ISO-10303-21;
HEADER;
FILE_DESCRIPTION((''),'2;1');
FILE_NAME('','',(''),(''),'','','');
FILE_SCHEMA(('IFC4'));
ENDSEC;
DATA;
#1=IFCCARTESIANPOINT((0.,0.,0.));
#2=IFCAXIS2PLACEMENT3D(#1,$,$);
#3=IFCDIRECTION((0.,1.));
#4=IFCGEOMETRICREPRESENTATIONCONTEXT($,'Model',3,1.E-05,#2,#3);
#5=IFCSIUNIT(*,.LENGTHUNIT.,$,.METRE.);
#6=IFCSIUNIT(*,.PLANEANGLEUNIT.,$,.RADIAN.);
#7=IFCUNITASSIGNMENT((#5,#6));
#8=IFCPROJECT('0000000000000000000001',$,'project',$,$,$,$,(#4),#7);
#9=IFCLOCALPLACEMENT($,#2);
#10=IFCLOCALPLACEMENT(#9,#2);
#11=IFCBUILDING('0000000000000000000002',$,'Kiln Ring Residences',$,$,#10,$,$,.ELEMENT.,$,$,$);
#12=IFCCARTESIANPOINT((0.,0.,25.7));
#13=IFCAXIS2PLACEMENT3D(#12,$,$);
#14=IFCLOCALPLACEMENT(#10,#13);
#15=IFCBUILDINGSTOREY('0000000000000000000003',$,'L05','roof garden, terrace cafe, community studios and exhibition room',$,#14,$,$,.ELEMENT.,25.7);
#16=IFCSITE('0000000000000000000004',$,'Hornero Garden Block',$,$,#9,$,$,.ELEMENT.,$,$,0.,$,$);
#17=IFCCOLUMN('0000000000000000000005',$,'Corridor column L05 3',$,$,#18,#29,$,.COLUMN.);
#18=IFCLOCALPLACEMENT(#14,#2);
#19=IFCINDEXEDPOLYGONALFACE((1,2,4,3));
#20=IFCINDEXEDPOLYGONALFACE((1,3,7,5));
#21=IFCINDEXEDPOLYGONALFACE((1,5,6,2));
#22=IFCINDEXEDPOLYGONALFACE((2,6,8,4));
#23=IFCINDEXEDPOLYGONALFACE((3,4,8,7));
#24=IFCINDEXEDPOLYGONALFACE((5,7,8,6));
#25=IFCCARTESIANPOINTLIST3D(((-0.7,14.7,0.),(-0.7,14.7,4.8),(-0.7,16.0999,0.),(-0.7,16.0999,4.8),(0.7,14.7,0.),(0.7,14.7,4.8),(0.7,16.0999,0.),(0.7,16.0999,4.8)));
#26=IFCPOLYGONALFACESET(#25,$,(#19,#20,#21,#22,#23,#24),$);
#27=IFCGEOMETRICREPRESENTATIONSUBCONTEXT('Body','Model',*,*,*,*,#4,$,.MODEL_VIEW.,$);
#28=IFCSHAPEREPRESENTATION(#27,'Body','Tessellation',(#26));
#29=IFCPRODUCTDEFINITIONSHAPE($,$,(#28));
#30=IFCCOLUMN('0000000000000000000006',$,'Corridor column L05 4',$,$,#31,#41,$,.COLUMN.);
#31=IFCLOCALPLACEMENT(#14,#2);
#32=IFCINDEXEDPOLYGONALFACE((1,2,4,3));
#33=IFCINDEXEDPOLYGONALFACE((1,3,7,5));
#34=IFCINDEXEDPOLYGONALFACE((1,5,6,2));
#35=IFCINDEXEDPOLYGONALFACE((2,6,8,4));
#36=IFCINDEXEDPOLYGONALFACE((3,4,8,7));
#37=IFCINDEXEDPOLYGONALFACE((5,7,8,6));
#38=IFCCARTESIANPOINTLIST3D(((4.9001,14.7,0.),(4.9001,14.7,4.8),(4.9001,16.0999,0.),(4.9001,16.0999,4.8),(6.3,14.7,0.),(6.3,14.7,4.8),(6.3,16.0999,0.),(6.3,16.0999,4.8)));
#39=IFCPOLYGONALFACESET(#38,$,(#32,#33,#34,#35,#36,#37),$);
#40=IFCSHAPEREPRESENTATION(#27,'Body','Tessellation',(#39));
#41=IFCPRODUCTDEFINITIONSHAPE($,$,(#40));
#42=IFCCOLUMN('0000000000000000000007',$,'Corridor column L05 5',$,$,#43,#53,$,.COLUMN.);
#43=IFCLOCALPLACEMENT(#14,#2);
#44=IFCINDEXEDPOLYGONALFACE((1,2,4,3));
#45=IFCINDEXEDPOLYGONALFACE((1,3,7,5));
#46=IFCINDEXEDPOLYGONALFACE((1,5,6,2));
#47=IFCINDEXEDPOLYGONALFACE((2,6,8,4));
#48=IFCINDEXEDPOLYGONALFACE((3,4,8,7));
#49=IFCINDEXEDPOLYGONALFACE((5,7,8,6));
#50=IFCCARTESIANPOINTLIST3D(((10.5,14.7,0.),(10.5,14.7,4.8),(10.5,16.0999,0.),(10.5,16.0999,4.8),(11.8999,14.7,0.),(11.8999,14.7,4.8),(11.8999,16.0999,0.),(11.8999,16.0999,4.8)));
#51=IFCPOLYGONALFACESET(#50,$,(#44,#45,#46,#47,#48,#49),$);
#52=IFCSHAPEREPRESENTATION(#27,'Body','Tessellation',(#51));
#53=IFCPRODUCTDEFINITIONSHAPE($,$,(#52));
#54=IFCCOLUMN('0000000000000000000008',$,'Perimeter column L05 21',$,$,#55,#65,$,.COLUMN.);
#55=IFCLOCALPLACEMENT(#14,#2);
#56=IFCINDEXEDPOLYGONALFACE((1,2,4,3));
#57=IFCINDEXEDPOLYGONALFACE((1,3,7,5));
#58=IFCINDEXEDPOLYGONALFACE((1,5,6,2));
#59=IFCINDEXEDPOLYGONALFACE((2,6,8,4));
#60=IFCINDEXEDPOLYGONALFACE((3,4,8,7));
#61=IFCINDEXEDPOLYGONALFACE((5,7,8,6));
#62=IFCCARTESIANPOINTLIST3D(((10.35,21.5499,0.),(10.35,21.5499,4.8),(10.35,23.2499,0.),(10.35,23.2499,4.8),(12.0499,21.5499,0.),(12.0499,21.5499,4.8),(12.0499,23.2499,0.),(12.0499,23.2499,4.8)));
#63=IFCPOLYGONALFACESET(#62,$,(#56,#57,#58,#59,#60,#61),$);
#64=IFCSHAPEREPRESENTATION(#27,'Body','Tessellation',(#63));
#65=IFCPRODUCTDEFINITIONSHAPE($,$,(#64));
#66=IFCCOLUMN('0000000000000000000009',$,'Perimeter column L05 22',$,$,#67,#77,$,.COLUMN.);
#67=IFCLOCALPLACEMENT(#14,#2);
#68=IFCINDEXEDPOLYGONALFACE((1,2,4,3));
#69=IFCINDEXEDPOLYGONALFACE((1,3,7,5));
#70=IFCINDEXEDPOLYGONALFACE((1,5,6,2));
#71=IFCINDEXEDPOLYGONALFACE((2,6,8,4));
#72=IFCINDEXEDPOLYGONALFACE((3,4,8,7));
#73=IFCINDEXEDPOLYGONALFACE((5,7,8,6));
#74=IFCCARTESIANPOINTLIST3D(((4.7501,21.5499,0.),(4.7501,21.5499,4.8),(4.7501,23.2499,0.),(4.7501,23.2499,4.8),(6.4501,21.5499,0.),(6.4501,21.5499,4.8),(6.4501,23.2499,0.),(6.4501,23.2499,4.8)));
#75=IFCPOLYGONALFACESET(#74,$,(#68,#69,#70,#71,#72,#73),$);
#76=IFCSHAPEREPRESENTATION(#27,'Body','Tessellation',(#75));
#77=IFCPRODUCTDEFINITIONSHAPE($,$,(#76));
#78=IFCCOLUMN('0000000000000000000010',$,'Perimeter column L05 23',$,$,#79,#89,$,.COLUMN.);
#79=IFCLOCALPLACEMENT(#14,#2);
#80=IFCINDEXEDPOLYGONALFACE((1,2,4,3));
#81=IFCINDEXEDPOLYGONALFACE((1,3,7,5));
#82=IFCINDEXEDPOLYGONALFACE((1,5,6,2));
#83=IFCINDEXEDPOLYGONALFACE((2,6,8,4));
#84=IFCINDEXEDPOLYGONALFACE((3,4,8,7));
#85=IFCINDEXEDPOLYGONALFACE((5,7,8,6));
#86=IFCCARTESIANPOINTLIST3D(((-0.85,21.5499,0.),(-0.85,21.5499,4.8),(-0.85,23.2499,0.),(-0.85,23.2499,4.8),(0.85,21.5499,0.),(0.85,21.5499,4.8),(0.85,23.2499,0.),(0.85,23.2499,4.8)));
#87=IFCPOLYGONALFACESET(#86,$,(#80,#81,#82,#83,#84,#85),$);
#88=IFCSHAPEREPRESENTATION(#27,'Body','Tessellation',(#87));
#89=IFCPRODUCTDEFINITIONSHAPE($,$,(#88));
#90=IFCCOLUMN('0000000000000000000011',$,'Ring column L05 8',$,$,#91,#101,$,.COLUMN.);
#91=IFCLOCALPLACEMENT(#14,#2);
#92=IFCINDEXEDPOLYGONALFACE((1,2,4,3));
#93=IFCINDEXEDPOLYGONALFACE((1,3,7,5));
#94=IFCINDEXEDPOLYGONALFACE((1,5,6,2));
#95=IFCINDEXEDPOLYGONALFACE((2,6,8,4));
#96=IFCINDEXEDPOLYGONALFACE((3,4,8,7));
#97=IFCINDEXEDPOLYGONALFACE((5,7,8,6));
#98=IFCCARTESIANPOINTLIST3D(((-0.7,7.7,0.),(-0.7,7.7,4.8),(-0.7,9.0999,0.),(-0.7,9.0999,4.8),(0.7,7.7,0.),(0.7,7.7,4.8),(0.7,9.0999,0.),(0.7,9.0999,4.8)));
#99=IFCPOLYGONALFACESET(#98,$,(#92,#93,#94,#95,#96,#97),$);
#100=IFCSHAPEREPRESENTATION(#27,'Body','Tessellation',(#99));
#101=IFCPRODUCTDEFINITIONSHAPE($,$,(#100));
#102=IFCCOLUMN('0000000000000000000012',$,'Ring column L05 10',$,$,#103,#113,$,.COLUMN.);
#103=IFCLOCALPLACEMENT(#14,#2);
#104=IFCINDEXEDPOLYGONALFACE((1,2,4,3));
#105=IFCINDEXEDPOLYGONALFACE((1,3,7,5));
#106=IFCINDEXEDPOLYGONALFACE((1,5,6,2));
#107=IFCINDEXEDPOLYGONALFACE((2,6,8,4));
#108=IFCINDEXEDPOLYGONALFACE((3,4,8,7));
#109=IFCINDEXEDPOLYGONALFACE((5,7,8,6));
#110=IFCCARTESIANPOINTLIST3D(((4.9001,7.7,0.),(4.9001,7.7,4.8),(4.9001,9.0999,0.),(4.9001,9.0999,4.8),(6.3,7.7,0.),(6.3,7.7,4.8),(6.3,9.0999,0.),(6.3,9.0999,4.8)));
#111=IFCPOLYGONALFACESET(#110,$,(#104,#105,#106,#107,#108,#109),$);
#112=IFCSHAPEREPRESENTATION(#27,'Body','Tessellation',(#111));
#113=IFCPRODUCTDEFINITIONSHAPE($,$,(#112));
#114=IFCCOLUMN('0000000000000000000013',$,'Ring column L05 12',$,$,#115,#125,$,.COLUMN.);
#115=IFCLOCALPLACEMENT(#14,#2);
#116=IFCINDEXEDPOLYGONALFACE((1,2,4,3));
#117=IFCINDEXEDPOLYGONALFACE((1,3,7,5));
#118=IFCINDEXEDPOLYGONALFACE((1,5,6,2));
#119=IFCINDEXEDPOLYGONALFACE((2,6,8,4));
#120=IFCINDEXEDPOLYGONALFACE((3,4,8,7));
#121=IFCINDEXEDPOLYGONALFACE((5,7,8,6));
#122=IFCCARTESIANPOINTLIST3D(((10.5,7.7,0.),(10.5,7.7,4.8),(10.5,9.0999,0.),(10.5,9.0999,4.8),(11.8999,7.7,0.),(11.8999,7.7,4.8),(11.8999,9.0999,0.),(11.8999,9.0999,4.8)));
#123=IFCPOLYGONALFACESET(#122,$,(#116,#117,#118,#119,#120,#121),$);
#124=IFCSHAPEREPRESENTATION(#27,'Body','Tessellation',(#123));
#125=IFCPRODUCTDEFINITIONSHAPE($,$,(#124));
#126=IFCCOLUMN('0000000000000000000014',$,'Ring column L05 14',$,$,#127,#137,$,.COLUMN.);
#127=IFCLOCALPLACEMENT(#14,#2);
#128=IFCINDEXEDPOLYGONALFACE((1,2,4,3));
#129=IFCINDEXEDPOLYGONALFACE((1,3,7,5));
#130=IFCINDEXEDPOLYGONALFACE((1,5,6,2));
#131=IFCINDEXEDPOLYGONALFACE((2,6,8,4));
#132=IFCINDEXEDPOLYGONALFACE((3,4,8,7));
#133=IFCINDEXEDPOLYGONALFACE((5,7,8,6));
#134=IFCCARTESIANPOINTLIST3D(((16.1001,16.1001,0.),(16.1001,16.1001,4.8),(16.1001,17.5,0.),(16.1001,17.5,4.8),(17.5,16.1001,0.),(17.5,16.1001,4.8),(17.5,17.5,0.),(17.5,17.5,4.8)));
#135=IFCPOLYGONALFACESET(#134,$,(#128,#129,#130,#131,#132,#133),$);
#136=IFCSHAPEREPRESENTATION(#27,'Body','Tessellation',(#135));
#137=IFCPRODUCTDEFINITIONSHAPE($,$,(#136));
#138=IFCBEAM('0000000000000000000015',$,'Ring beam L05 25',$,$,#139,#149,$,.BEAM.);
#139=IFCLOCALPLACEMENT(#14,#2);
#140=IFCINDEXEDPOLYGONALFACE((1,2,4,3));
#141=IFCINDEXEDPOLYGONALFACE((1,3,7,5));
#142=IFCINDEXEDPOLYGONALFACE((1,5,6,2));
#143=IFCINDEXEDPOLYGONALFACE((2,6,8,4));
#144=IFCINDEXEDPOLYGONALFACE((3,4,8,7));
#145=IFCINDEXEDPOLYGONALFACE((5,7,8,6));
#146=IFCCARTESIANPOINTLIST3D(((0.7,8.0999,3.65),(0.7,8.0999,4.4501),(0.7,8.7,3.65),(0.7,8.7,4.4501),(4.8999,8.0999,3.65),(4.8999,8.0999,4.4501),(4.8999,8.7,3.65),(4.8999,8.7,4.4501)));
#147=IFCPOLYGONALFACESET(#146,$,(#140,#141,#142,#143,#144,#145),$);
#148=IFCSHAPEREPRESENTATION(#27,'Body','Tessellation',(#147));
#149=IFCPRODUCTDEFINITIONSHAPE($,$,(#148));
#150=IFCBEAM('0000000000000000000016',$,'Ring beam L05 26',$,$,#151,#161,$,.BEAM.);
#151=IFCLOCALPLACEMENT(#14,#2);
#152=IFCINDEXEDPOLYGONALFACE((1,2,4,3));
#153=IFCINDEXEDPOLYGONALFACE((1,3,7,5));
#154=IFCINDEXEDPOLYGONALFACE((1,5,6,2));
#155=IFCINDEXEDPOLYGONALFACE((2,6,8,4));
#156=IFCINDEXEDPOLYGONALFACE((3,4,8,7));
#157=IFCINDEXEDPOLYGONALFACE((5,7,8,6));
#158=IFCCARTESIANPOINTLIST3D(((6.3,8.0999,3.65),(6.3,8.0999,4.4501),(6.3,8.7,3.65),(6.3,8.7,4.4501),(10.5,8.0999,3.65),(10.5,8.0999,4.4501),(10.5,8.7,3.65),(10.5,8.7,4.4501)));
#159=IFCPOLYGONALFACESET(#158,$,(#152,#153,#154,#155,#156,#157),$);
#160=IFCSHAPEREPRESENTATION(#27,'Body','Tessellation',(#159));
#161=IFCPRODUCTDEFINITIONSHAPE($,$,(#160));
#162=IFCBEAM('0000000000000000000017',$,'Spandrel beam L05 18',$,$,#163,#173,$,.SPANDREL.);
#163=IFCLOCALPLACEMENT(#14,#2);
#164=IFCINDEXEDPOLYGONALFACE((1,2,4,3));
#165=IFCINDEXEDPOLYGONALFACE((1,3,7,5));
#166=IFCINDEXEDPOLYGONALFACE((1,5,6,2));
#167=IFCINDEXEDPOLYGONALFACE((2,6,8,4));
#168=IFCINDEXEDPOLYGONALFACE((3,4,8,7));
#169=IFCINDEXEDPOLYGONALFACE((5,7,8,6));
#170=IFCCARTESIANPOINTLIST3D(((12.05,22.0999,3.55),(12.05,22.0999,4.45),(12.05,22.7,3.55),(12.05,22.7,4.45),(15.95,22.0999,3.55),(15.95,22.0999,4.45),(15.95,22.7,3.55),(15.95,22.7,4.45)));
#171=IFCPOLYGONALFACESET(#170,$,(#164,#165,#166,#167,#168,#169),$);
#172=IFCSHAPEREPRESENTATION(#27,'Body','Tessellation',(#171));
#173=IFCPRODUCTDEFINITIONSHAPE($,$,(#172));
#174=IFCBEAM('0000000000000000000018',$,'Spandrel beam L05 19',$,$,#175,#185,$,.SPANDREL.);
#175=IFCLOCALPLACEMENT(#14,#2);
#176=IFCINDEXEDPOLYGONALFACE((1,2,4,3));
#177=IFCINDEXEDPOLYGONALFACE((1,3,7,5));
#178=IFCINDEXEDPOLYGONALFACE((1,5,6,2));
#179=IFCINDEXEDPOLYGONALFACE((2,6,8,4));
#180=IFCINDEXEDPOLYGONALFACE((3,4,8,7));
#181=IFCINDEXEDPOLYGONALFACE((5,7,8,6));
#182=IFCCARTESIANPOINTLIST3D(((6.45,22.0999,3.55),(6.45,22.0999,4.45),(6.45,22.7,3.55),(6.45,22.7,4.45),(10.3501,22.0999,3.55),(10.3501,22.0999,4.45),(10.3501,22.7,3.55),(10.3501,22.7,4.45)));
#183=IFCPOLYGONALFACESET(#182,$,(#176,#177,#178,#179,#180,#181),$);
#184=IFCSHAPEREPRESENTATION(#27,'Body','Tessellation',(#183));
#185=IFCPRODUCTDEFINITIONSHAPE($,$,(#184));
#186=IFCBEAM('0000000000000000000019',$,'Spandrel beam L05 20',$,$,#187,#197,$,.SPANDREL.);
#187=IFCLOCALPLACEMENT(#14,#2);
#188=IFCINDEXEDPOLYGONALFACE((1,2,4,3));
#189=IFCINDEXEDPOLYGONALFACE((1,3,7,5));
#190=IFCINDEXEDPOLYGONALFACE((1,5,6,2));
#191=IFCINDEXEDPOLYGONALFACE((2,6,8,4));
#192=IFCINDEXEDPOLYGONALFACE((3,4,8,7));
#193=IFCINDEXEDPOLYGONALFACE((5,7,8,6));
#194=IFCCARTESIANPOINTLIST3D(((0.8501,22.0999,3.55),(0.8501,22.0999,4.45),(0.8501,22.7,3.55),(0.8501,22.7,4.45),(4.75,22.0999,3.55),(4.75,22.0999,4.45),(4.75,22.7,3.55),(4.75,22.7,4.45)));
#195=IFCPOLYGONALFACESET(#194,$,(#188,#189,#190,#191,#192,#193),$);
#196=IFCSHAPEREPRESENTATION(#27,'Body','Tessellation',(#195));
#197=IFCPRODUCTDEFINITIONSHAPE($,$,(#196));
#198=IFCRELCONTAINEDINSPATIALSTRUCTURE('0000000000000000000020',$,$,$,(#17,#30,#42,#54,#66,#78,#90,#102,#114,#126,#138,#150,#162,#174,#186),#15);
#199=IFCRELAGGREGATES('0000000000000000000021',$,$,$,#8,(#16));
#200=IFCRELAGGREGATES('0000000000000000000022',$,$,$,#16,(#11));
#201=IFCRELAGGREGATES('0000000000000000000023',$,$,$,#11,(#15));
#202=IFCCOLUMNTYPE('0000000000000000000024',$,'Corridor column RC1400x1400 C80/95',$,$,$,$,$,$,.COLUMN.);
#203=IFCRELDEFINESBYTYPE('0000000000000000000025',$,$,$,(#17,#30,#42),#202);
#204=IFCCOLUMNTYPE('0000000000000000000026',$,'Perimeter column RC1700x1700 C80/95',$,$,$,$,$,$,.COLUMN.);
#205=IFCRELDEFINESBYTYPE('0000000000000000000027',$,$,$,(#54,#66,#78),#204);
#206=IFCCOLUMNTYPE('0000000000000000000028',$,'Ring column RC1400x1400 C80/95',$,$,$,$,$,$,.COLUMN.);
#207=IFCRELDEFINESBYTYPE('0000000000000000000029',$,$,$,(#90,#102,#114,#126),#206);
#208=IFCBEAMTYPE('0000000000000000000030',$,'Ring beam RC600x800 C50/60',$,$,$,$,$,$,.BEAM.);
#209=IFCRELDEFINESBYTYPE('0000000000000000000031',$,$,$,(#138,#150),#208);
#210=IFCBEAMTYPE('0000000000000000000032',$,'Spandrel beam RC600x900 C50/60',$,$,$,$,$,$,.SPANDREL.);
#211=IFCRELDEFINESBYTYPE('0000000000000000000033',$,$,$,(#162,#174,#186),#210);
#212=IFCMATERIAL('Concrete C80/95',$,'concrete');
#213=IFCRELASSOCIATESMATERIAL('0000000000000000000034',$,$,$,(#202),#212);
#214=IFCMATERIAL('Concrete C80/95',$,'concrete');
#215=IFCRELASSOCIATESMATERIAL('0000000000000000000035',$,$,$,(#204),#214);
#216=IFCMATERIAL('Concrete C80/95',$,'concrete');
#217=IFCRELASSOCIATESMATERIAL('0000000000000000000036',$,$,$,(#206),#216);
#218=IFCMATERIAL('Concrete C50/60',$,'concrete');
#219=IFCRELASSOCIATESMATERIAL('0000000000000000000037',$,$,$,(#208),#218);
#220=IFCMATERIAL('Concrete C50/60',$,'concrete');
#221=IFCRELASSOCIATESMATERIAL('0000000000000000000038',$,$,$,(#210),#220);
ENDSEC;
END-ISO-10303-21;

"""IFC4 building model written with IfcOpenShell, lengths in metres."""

from ifc_helpers import new_model, si_unit, direction, frame, origin, origin_2d, place, context, subcontext, project, spatial, rectangle, extrude, material, material_profile, profile_set, type_object, element, save


model = new_model("IFC4")

# Units and contexts
model_context = context("Model", 3, precision=1e-05, world=origin(), true_north=direction((0.0, 1.0)))
body_context = subcontext(model_context, "Body", "Model", "MODEL_VIEW")
ifc_project = project(units=[si_unit("LENGTHUNIT", "METRE"), si_unit("PLANEANGLEUNIT", "RADIAN")], contexts=[model_context])

# Site, building, storey
site_placement = place(None, origin())
site = spatial("IfcSite", under=ifc_project, at=site_placement, Name="Hornero Garden Block", CompositionType="ELEMENT", RefElevation=0.0)
building_placement = place(site_placement, origin())
building = spatial("IfcBuilding", under=site, at=building_placement, Name="Kiln Ring Residences", CompositionType="ELEMENT")
storey_placement = place(building_placement, frame((0.0, 0.0, 25.7)))
storey = spatial("IfcBuildingStorey", under=building, at=storey_placement, Name="L05", Description="roof garden, terrace cafe, community studios and exhibition room", CompositionType="ELEMENT", Elevation=25.7)

# Columns
ifc_material_1 = material(Name="Concrete C80/95", Category="concrete")
ifc_material_profile_1 = material_profile(ifc_material_1, rectangle(XDim=1.3999, YDim=1.3999, at=origin_2d()), Name="RC1400x1400")
ifc_profile_set_1 = profile_set([ifc_material_profile_1], Name="Concrete C80/95")
column_type_1 = type_object("IfcColumnType", Name="Corridor column RC1400x1400 C80/95", PredefinedType="COLUMN", material=ifc_profile_set_1)
for number, where, z_axis, x_axis, name in (
    (1, (0.0, 15.3999, 0.0), (0.0, 0.0, 1.0), (1.0, 0.0, 0.0), "Corridor column L05 3"),
    (2, (5.6001, 15.3999, 0.0), (0.0, 0.0, 1.0), (1.0, 0.0, 0.0), "Corridor column L05 4"),
    (3, (11.2, 15.3999, 0.0), (0.0, 0.0, 1.0), (1.0, 0.0, 0.0), "Corridor column L05 5"),
):
    element("IfcColumn", number, at=place(storey_placement, frame(where, z_axis=z_axis, x_axis=x_axis)), inside=storey, type_object=column_type_1, Name=name, PredefinedType="COLUMN", context=body_context, shape_type="SweptSolid", body=[
        extrude(rectangle(XDim=1.3999, YDim=1.3999, at=origin_2d()), origin(), (0.0, 0.0, 1.0), 4.8),
    ])
ifc_material_2 = material(Name="Concrete C80/95", Category="concrete")
ifc_material_profile_2 = material_profile(ifc_material_2, rectangle(XDim=1.7, YDim=1.7, at=origin_2d()), Name="RC1700x1700")
ifc_profile_set_2 = profile_set([ifc_material_profile_2], Name="Concrete C80/95")
column_type_2 = type_object("IfcColumnType", Name="Perimeter column RC1700x1700 C80/95", PredefinedType="COLUMN", material=ifc_profile_set_2)
for number, where, z_axis, x_axis, name in (
    (4, (11.2, 22.3999, 0.0), (0.0, 0.0, 1.0), (1.0, 0.0, 0.0), "Perimeter column L05 21"),
    (5, (5.6001, 22.3999, 0.0), (0.0, 0.0, 1.0), (1.0, 0.0, 0.0), "Perimeter column L05 22"),
    (6, (0.0, 22.3999, 0.0), (0.0, 0.0, 1.0), (1.0, 0.0, 0.0), "Perimeter column L05 23"),
):
    element("IfcColumn", number, at=place(storey_placement, frame(where, z_axis=z_axis, x_axis=x_axis)), inside=storey, type_object=column_type_2, Name=name, PredefinedType="COLUMN", context=body_context, shape_type="SweptSolid", body=[
        extrude(rectangle(XDim=1.7, YDim=1.7, at=origin_2d()), origin(), (0.0, 0.0, 1.0), 4.8),
    ])
ifc_material_3 = material(Name="Concrete C80/95", Category="concrete")
ifc_material_profile_3 = material_profile(ifc_material_3, rectangle(XDim=1.3999, YDim=1.3999, at=origin_2d()), Name="RC1400x1400")
ifc_profile_set_3 = profile_set([ifc_material_profile_3], Name="Concrete C80/95")
column_type_3 = type_object("IfcColumnType", Name="Ring column RC1400x1400 C80/95", PredefinedType="COLUMN", material=ifc_profile_set_3)
for number, where, z_axis, x_axis, name in (
    (7, (0.0, 8.3999, 0.0), (0.0, 0.0, 1.0), (1.0, 0.0, 0.0), "Ring column L05 8"),
    (8, (5.6001, 8.3999, 0.0), (0.0, 0.0, 1.0), (1.0, 0.0, 0.0), "Ring column L05 10"),
    (9, (11.2, 8.3999, 0.0), (0.0, 0.0, 1.0), (1.0, 0.0, 0.0), "Ring column L05 12"),
    (10, (16.8, 16.8, 0.0), (0.0, 0.0, 1.0), (1.0, 0.0, 0.0), "Ring column L05 14"),
):
    element("IfcColumn", number, at=place(storey_placement, frame(where, z_axis=z_axis, x_axis=x_axis)), inside=storey, type_object=column_type_3, Name=name, PredefinedType="COLUMN", context=body_context, shape_type="SweptSolid", body=[
        extrude(rectangle(XDim=1.3999, YDim=1.3999, at=origin_2d()), origin(), (0.0, 0.0, 1.0), 4.8),
    ])

# Beams
ifc_material_4 = material(Name="Concrete C50/60", Category="concrete")
ifc_material_profile_4 = material_profile(ifc_material_4, rectangle(XDim=0.6001, YDim=0.8, at=origin_2d()), Name="RC600x800")
ifc_profile_set_4 = profile_set([ifc_material_profile_4], Name="Concrete C50/60")
beam_type_1 = type_object("IfcBeamType", Name="Ring beam RC600x800 C50/60", PredefinedType="BEAM", material=ifc_profile_set_4)
for number, where, z_axis, x_axis, name in (
    (11, (0.7, 8.3999, 4.05), (1.0, 0.0, 0.0), (0.0, 1.0, 0.0), "Ring beam L05 25"),
    (12, (6.3, 8.3999, 4.05), (1.0, 0.0, 0.0), (0.0, 1.0, 0.0), "Ring beam L05 26"),
):
    element("IfcBeam", number, at=place(storey_placement, frame(where, z_axis=z_axis, x_axis=x_axis)), inside=storey, type_object=beam_type_1, Name=name, PredefinedType="BEAM", context=body_context, shape_type="SweptSolid", body=[
        extrude(rectangle(XDim=0.6001, YDim=0.8, at=origin_2d()), origin(), (0.0, 0.0, 1.0), 4.2),
    ])
ifc_material_5 = material(Name="Concrete C50/60", Category="concrete")
ifc_material_profile_5 = material_profile(ifc_material_5, rectangle(XDim=0.6001, YDim=0.8999, at=origin_2d()), Name="RC600x900")
ifc_profile_set_5 = profile_set([ifc_material_profile_5], Name="Concrete C50/60")
beam_type_2 = type_object("IfcBeamType", Name="Spandrel beam RC600x900 C50/60", PredefinedType="SPANDREL", material=ifc_profile_set_5)
beam_1_placement = place(storey_placement, frame((15.95, 22.3999, 4.0), z_axis=(-1.0, 0.0, 0.0), x_axis=(0.0, -1.0, 0.0)))
element("IfcBeam", 13, at=beam_1_placement, inside=storey, type_object=beam_type_2, Name="Spandrel beam L05 18", PredefinedType="SPANDREL", context=body_context, shape_type="SweptSolid", body=[
    extrude(rectangle(XDim=0.6001, YDim=0.8999, at=origin_2d()), origin(), (0.0, 0.0, 1.0), 3.8999),
])
beam_2_placement = place(storey_placement, frame((10.3501, 22.3999, 4.0), z_axis=(-1.0, 0.0, 0.0), x_axis=(0.0, -1.0, 0.0)))
element("IfcBeam", 14, at=beam_2_placement, inside=storey, type_object=beam_type_2, Name="Spandrel beam L05 19", PredefinedType="SPANDREL", context=body_context, shape_type="SweptSolid", body=[
    extrude(rectangle(XDim=0.6001, YDim=0.8999, at=origin_2d()), origin(), (0.0, 0.0, 1.0), 3.9001),
])
beam_3_placement = place(storey_placement, frame((4.75, 22.3999, 4.0), z_axis=(-1.0, 0.0, 0.0), x_axis=(0.0, -1.0, 0.0)))
element("IfcBeam", 15, at=beam_3_placement, inside=storey, type_object=beam_type_2, Name="Spandrel beam L05 20", PredefinedType="SPANDREL", context=body_context, shape_type="SweptSolid", body=[
    extrude(rectangle(XDim=0.6001, YDim=0.8999, at=origin_2d()), origin(), (0.0, 0.0, 1.0), 3.8999),
])

save(model, "model.ifc")
